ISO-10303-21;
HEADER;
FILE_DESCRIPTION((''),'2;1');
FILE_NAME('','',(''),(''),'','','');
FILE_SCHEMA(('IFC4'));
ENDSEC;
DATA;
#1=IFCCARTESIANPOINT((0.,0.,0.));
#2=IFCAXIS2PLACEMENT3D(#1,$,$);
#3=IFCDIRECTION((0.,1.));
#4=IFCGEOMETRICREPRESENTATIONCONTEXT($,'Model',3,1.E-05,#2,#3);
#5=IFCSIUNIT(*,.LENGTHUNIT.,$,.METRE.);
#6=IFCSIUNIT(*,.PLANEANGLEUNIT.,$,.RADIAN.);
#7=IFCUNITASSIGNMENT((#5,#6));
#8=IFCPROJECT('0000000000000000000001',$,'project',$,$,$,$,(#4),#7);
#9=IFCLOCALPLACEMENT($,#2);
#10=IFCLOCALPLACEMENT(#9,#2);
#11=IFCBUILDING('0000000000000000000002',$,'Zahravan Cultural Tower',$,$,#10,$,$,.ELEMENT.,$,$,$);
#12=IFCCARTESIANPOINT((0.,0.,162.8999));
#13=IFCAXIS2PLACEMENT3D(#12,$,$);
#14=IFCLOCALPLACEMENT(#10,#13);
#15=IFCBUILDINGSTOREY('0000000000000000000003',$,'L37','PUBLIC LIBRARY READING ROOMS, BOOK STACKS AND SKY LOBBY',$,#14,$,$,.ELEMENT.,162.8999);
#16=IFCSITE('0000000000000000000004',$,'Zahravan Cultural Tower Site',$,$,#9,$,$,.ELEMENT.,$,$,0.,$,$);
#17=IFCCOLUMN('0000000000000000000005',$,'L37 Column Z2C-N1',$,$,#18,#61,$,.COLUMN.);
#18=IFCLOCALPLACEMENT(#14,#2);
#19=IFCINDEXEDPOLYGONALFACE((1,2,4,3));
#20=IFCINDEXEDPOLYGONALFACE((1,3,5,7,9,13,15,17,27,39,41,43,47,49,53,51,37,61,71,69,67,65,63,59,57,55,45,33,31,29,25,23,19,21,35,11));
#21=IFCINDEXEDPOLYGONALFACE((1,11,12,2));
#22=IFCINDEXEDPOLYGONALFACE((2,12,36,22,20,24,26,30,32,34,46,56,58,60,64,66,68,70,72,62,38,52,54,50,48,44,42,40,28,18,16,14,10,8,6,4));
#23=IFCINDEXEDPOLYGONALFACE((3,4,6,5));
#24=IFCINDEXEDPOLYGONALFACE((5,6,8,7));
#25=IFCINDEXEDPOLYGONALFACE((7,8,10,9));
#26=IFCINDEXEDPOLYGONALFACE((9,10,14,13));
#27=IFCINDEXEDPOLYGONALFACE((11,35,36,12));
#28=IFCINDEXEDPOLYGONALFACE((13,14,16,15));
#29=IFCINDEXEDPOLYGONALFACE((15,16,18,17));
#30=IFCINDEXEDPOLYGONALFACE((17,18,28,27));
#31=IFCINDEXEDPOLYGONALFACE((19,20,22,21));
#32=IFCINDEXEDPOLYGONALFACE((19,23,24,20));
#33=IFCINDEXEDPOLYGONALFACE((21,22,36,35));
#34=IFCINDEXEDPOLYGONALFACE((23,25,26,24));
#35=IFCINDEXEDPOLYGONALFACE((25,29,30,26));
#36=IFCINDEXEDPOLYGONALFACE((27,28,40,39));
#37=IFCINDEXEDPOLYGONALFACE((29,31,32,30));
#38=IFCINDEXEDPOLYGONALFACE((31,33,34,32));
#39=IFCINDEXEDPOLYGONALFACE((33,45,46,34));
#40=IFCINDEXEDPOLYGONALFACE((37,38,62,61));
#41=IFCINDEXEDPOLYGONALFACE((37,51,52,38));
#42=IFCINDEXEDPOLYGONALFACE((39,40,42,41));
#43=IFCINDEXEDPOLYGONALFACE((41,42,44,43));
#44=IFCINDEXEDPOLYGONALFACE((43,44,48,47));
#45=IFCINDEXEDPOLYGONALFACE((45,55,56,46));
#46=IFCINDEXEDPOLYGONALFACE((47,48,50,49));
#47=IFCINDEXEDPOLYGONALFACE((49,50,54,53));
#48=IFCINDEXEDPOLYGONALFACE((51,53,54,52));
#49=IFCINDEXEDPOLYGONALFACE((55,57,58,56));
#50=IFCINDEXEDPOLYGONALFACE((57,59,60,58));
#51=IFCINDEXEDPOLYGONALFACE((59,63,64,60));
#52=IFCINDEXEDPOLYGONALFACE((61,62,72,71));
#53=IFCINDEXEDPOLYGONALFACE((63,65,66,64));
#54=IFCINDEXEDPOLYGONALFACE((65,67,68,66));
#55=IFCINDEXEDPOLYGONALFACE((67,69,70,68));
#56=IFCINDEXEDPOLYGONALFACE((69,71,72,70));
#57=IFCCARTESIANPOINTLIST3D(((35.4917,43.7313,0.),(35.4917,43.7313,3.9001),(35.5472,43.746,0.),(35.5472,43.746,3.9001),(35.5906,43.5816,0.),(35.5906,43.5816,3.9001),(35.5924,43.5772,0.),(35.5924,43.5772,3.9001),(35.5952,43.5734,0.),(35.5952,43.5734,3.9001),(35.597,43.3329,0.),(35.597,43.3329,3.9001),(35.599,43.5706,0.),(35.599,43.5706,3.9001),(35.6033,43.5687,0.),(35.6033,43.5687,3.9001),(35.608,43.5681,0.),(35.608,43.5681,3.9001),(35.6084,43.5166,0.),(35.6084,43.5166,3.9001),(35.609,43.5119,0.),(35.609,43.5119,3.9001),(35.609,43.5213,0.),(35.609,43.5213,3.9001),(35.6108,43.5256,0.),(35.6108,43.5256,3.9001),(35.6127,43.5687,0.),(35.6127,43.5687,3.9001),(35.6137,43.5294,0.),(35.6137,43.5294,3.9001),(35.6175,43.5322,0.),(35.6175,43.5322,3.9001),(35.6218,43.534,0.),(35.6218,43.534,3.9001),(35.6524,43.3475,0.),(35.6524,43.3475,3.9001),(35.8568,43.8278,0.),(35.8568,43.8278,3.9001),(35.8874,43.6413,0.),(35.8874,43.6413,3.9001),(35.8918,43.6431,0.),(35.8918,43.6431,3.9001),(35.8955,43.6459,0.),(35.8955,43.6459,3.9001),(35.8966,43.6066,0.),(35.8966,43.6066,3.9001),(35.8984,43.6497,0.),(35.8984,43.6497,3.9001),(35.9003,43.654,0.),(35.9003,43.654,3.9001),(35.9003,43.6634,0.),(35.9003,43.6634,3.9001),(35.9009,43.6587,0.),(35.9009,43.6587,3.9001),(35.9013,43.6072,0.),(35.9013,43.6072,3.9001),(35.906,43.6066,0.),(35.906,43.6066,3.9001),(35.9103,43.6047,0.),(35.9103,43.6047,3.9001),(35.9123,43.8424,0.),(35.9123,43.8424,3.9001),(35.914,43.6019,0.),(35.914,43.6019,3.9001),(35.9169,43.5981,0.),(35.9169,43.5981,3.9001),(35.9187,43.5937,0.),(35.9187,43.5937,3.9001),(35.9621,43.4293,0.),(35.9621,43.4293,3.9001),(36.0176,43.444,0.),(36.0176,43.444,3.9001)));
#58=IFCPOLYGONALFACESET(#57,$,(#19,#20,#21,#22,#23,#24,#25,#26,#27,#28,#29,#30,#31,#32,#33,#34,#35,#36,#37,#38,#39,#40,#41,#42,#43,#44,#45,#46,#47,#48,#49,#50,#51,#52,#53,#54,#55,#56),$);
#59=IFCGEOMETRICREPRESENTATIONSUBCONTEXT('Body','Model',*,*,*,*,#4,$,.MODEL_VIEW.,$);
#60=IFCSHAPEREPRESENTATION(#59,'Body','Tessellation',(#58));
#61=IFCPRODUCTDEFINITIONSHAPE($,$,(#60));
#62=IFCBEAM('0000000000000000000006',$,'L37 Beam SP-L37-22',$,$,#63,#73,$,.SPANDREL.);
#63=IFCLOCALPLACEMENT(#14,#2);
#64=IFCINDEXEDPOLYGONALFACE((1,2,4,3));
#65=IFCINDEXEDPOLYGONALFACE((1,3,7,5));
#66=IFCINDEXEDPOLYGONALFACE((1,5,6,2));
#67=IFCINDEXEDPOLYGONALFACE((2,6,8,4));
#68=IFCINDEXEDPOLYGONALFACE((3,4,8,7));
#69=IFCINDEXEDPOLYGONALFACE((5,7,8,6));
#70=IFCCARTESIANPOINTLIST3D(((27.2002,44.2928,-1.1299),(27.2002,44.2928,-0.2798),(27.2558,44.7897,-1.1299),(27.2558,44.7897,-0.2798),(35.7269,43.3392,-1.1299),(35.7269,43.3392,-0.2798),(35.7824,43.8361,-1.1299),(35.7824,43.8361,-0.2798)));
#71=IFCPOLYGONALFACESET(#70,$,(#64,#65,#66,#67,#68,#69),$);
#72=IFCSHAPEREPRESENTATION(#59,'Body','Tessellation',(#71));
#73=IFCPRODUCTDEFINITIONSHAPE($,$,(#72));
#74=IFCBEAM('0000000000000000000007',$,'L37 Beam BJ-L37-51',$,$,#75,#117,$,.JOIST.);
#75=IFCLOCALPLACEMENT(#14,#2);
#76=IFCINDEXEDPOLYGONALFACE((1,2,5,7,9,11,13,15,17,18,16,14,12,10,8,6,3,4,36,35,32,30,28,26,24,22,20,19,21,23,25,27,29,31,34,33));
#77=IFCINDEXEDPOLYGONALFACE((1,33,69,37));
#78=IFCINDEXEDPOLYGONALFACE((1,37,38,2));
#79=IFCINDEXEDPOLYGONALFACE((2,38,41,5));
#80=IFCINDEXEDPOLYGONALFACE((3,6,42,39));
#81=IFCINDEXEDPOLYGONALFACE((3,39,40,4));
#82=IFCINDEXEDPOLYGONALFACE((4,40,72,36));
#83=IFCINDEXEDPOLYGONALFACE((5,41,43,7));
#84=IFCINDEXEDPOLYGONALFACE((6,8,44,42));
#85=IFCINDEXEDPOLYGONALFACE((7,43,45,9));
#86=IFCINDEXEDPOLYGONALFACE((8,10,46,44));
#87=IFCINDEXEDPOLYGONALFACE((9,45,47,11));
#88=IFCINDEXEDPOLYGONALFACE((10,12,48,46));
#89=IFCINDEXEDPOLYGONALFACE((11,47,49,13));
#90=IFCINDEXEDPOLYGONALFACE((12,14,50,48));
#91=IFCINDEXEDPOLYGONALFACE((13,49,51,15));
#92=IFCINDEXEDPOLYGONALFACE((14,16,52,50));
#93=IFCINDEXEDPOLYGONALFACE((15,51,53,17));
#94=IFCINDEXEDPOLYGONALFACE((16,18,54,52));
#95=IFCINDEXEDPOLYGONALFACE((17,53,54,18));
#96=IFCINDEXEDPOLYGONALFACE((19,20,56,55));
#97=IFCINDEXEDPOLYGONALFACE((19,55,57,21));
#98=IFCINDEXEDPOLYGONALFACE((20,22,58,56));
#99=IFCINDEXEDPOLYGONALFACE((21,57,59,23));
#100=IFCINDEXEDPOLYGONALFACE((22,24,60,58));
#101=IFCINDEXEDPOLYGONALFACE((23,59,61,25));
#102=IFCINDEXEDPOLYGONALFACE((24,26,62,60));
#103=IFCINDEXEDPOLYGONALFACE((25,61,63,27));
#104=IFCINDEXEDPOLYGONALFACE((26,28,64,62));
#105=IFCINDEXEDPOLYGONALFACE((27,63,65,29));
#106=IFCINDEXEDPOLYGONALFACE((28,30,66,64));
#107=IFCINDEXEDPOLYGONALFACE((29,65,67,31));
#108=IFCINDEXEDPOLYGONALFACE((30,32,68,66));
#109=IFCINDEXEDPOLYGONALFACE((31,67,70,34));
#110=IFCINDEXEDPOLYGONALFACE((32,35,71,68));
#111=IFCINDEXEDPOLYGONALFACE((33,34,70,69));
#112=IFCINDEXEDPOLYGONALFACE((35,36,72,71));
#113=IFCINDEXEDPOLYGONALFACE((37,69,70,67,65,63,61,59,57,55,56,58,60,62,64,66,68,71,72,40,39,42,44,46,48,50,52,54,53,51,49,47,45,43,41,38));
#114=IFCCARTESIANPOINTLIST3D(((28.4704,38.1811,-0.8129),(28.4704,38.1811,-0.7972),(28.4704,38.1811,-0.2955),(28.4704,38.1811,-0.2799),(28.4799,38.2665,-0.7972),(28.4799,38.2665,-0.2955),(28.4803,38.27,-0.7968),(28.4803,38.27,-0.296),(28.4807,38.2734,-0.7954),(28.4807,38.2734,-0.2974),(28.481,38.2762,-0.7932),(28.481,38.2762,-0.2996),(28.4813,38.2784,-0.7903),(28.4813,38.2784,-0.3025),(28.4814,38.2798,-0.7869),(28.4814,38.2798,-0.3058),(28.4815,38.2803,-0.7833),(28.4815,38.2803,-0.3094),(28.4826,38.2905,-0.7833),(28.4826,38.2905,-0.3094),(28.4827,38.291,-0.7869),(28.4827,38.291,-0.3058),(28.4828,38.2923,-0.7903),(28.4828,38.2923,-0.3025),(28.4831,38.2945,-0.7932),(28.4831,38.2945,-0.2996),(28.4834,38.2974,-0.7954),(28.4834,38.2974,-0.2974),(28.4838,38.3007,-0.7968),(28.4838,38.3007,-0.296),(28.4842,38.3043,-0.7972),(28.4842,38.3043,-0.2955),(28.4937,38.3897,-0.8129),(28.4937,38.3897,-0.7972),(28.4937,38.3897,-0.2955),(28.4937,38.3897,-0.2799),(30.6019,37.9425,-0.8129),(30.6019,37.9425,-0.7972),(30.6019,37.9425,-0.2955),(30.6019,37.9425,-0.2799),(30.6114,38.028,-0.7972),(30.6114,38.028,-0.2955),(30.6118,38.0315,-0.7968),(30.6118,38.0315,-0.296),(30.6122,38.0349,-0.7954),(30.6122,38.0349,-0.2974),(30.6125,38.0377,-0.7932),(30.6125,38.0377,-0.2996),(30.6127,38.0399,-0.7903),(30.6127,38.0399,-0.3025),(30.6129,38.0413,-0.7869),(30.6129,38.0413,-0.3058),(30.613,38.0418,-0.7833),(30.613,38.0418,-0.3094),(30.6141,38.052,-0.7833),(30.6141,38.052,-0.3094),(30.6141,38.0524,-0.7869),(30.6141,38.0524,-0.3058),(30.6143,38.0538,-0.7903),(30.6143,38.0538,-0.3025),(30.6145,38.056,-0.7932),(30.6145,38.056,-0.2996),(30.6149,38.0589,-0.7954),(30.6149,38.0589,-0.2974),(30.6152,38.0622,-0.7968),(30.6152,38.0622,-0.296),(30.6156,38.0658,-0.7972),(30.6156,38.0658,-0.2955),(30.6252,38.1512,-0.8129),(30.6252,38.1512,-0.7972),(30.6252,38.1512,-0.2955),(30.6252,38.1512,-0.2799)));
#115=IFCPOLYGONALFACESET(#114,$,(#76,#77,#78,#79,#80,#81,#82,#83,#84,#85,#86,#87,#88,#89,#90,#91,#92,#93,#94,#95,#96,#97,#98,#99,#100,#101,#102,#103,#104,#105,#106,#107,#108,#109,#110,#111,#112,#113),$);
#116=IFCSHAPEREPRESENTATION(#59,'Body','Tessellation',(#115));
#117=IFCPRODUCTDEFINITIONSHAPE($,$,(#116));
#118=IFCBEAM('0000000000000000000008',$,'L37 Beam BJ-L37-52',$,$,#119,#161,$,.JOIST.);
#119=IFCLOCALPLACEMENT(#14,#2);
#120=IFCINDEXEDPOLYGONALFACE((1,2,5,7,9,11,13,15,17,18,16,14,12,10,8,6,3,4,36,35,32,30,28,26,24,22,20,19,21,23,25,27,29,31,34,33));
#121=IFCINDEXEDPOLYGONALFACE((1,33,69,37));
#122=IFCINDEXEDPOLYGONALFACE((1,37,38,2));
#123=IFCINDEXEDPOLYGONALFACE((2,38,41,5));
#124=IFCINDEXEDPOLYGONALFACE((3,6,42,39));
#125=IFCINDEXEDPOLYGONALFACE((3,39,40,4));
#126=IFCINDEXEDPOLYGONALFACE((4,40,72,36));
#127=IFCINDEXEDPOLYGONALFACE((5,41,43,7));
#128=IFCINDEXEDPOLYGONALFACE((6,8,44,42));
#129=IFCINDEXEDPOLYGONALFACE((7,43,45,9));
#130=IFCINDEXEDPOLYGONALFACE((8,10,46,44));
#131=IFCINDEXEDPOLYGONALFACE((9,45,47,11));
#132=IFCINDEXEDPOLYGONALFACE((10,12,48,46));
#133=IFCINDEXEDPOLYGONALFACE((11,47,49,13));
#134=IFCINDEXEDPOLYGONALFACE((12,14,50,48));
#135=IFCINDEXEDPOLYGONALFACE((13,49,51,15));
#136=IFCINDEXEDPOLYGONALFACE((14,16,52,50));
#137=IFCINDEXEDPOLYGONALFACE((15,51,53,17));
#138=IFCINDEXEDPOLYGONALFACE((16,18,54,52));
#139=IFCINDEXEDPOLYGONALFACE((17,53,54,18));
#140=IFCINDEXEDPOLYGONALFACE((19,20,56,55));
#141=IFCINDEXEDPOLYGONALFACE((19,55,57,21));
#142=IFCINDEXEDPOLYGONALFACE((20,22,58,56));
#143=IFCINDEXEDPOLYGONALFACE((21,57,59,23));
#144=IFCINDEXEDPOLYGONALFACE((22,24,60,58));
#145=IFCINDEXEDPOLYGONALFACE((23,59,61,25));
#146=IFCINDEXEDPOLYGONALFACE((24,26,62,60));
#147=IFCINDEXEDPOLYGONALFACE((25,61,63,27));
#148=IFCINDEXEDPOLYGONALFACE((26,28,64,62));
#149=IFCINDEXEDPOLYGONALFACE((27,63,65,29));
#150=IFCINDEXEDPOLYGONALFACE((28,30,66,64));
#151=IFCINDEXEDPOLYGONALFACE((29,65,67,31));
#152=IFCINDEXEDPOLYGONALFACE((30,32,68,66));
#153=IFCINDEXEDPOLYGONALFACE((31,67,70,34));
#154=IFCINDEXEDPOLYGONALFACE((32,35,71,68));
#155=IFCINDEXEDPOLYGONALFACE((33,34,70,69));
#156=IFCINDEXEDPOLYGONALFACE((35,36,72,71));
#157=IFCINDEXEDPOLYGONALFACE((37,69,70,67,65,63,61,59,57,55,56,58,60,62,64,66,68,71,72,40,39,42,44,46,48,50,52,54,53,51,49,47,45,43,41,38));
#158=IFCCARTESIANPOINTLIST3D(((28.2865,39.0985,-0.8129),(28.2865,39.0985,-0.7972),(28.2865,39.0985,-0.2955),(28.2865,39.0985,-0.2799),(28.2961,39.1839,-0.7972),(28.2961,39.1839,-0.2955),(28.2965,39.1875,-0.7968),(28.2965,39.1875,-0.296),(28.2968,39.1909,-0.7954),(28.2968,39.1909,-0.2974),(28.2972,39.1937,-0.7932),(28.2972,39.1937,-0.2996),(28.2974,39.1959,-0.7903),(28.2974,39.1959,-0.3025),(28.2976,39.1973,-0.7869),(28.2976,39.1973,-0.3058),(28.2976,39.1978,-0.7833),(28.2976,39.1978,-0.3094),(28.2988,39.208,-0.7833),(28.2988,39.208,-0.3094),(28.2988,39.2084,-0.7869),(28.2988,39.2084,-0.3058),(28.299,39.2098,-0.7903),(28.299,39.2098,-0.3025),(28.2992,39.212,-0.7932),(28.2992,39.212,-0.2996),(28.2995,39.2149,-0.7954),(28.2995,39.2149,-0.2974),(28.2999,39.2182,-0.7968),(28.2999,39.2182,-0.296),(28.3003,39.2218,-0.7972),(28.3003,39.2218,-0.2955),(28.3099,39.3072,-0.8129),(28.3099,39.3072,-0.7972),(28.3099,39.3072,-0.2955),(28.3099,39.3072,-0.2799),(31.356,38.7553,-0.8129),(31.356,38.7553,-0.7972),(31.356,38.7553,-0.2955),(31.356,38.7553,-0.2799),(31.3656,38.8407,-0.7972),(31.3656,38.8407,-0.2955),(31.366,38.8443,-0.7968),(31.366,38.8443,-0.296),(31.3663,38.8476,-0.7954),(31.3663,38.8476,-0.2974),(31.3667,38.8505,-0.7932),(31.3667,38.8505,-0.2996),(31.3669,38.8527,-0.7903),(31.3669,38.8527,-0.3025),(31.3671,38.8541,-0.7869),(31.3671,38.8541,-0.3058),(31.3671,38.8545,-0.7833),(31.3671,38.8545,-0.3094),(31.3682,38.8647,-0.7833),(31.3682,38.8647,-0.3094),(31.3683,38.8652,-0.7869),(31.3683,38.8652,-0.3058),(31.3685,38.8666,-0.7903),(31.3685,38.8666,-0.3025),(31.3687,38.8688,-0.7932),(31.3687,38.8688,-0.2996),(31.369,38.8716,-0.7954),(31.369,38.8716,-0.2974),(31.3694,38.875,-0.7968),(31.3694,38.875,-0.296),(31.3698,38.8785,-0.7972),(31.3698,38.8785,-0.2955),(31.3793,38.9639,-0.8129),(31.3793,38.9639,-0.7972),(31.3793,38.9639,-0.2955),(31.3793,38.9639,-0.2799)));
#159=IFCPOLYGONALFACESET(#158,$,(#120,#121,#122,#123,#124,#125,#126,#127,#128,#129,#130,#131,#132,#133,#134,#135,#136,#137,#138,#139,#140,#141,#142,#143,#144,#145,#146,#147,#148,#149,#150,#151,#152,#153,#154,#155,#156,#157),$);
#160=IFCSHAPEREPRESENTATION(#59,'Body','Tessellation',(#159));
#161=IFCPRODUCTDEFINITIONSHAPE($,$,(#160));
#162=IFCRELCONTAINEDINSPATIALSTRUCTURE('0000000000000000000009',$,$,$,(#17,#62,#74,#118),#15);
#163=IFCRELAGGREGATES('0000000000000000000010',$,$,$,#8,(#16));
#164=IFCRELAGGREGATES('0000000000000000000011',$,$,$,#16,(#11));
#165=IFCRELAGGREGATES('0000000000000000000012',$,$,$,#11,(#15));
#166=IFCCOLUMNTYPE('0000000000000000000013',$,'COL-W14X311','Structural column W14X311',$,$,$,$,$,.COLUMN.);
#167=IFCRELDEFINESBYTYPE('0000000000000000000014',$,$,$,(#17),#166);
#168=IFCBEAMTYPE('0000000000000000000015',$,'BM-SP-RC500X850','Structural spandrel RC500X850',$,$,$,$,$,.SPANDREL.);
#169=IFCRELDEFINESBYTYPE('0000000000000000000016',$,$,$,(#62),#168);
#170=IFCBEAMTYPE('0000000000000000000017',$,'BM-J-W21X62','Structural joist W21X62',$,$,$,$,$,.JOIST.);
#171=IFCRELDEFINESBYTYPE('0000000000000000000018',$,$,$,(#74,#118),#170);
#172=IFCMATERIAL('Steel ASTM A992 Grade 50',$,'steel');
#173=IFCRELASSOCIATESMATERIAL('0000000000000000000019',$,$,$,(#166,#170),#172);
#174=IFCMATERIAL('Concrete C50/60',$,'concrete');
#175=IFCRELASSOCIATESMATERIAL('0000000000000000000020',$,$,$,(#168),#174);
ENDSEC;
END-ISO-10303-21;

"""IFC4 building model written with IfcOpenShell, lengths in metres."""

from ifc_helpers import new_model, si_unit, direction, frame, origin, origin_2d, place, context, subcontext, project, spatial, rectangle, i_section, extrude, source, transform, mapped, material, material_profile, profile_set, type_object, element, save


model = new_model("IFC4")

# Units and contexts
model_context = context("Model", 3, precision=1e-05, world=origin(), true_north=direction((0.0, 1.0)))
body_context = subcontext(model_context, "Body", "Model", "MODEL_VIEW")
ifc_project = project(units=[si_unit("LENGTHUNIT", "METRE"), si_unit("PLANEANGLEUNIT", "RADIAN")], contexts=[model_context])

# Site, building, storey
site_placement = place(None, origin())
site = spatial("IfcSite", under=ifc_project, at=site_placement, Name="Zahravan Cultural Tower Site", CompositionType="ELEMENT", RefElevation=0.0)
building_placement = place(site_placement, origin())
building = spatial("IfcBuilding", under=site, at=building_placement, Name="Zahravan Cultural Tower", CompositionType="ELEMENT")
storey_placement = place(building_placement, frame((0.0, 0.0, 162.8999)))
storey = spatial("IfcBuildingStorey", under=building, at=storey_placement, Name="L37", Description="PUBLIC LIBRARY READING ROOMS, BOOK STACKS AND SKY LOBBY", CompositionType="ELEMENT", Elevation=162.8999)

# Column
ifc_material_1 = material(Name="Steel ASTM A992 Grade 50", Category="steel")
ifc_material_profile_1 = material_profile(ifc_material_1, i_section(OverallWidth=0.4121, OverallDepth=0.4351, WebThickness=0.0359, FlangeThickness=0.0574, FilletRadius=0.0181, at=origin_2d()), Name="W14X311")
ifc_profile_set_1 = profile_set([ifc_material_profile_1], Name="Steel ASTM A992 Grade 50")
column_type = type_object("IfcColumnType", Name="COL-W14X311", Description="Structural column W14X311", PredefinedType="COLUMN", material=ifc_profile_set_1)
shared_shape_1 = source(origin(), body_context, "Body", "SweptSolid", [
    extrude(i_section(OverallWidth=0.4121, OverallDepth=0.4351, WebThickness=0.0359, FlangeThickness=0.0574, FilletRadius=0.0181, at=origin_2d()), origin(), (0.0, 0.0, 1.0), 3.9001),
])
column_placement = place(storey_placement, frame((35.7546, 43.5876, 0.0), z_axis=(0.0, 0.0, 1.0), x_axis=(-0.255446, 0.966823, 0.0)))
element("IfcColumn", 1, at=column_placement, inside=storey, type_object=column_type, Name="L37 Column Z2C-N1", PredefinedType="COLUMN", context=body_context, shape_type="MappedRepresentation", body=[
    mapped(shared_shape_1, transform((0.0, 0.0, 0.0), x_axis=(1.0, 0.0, 0.0), y_axis=(0.0, 1.0, 0.0), z_axis=(0.0, 0.0, 1.0), scale=1.0)),
])

# Beams
ifc_material_2 = material(Name="Concrete C50/60", Category="concrete")
ifc_material_profile_2 = material_profile(ifc_material_2, rectangle(XDim=0.5, YDim=0.8501, at=origin_2d()), Name="RC500X850")
ifc_profile_set_2 = profile_set([ifc_material_profile_2], Name="Concrete C50/60")
beam_type_1 = type_object("IfcBeamType", Name="BM-SP-RC500X850", Description="Structural spandrel RC500X850", PredefinedType="SPANDREL", material=ifc_profile_set_2)
shared_shape_2 = source(origin(), body_context, "Body", "SweptSolid", [
    extrude(rectangle(XDim=0.5, YDim=0.8501, at=origin_2d()), origin(), (0.0, 0.0, 1.0), 8.5798),
])
beam_1_placement = place(storey_placement, frame((35.7546, 43.5876, -0.7048), z_axis=(-0.993804, 0.111147, 0.0), x_axis=(-0.111147, -0.993804, 0.0)))
element("IfcBeam", 2, at=beam_1_placement, inside=storey, type_object=beam_type_1, Name="L37 Beam SP-L37-22", PredefinedType="SPANDREL", context=body_context, shape_type="MappedRepresentation", body=[
    mapped(shared_shape_2, transform((0.0, 0.0, 0.0), x_axis=(1.0, 0.0, 0.0), y_axis=(0.0, 1.0, 0.0), z_axis=(0.0, 0.0, 1.0), scale=1.0)),
])
ifc_material_profile_3 = material_profile(ifc_material_1, i_section(OverallWidth=0.21, OverallDepth=0.533, WebThickness=0.0103, FlangeThickness=0.0156, FilletRadius=0.0139, at=origin_2d()), Name="W21X62")
ifc_profile_set_3 = profile_set([ifc_material_profile_3], Name="Steel ASTM A992 Grade 50")
beam_type_2 = type_object("IfcBeamType", Name="BM-J-W21X62", Description="Structural joist W21X62", PredefinedType="JOIST", material=ifc_profile_set_3)
shared_shape_3 = source(origin(), body_context, "Body", "SweptSolid", [
    extrude(i_section(OverallWidth=0.21, OverallDepth=0.533, WebThickness=0.0103, FlangeThickness=0.0156, FilletRadius=0.0139, at=origin_2d()), origin(), (0.0, 0.0, 1.0), 2.1448),
])
beam_2_placement = place(storey_placement, frame((30.6135, 38.0469, -0.5464), z_axis=(-0.993797, 0.111206, 0.0), x_axis=(-0.111206, -0.993797, 0.0)))
element("IfcBeam", 3, at=beam_2_placement, inside=storey, type_object=beam_type_2, Name="L37 Beam BJ-L37-51", PredefinedType="JOIST", context=body_context, shape_type="MappedRepresentation", body=[
    mapped(shared_shape_3, transform((0.0, 0.0, 0.0), x_axis=(1.0, 0.0, 0.0), y_axis=(0.0, 1.0, 0.0), z_axis=(0.0, 0.0, 1.0), scale=1.0)),
])
shared_shape_4 = source(origin(), body_context, "Body", "SweptSolid", [
    extrude(i_section(OverallWidth=0.21, OverallDepth=0.533, WebThickness=0.0103, FlangeThickness=0.0156, FilletRadius=0.0139, at=origin_2d()), origin(), (0.0, 0.0, 1.0), 3.0886),
])
beam_3_placement = place(storey_placement, frame((31.3677, 38.8596, -0.5464), z_axis=(-0.993805, 0.111134, 0.0), x_axis=(-0.111134, -0.993805, 0.0)))
element("IfcBeam", 4, at=beam_3_placement, inside=storey, type_object=beam_type_2, Name="L37 Beam BJ-L37-52", PredefinedType="JOIST", context=body_context, shape_type="MappedRepresentation", body=[
    mapped(shared_shape_4, transform((0.0, 0.0, 0.0), x_axis=(1.0, 0.0, 0.0), y_axis=(0.0, 1.0, 0.0), z_axis=(0.0, 0.0, 1.0), scale=1.0)),
])

save(model, "model.ifc")
